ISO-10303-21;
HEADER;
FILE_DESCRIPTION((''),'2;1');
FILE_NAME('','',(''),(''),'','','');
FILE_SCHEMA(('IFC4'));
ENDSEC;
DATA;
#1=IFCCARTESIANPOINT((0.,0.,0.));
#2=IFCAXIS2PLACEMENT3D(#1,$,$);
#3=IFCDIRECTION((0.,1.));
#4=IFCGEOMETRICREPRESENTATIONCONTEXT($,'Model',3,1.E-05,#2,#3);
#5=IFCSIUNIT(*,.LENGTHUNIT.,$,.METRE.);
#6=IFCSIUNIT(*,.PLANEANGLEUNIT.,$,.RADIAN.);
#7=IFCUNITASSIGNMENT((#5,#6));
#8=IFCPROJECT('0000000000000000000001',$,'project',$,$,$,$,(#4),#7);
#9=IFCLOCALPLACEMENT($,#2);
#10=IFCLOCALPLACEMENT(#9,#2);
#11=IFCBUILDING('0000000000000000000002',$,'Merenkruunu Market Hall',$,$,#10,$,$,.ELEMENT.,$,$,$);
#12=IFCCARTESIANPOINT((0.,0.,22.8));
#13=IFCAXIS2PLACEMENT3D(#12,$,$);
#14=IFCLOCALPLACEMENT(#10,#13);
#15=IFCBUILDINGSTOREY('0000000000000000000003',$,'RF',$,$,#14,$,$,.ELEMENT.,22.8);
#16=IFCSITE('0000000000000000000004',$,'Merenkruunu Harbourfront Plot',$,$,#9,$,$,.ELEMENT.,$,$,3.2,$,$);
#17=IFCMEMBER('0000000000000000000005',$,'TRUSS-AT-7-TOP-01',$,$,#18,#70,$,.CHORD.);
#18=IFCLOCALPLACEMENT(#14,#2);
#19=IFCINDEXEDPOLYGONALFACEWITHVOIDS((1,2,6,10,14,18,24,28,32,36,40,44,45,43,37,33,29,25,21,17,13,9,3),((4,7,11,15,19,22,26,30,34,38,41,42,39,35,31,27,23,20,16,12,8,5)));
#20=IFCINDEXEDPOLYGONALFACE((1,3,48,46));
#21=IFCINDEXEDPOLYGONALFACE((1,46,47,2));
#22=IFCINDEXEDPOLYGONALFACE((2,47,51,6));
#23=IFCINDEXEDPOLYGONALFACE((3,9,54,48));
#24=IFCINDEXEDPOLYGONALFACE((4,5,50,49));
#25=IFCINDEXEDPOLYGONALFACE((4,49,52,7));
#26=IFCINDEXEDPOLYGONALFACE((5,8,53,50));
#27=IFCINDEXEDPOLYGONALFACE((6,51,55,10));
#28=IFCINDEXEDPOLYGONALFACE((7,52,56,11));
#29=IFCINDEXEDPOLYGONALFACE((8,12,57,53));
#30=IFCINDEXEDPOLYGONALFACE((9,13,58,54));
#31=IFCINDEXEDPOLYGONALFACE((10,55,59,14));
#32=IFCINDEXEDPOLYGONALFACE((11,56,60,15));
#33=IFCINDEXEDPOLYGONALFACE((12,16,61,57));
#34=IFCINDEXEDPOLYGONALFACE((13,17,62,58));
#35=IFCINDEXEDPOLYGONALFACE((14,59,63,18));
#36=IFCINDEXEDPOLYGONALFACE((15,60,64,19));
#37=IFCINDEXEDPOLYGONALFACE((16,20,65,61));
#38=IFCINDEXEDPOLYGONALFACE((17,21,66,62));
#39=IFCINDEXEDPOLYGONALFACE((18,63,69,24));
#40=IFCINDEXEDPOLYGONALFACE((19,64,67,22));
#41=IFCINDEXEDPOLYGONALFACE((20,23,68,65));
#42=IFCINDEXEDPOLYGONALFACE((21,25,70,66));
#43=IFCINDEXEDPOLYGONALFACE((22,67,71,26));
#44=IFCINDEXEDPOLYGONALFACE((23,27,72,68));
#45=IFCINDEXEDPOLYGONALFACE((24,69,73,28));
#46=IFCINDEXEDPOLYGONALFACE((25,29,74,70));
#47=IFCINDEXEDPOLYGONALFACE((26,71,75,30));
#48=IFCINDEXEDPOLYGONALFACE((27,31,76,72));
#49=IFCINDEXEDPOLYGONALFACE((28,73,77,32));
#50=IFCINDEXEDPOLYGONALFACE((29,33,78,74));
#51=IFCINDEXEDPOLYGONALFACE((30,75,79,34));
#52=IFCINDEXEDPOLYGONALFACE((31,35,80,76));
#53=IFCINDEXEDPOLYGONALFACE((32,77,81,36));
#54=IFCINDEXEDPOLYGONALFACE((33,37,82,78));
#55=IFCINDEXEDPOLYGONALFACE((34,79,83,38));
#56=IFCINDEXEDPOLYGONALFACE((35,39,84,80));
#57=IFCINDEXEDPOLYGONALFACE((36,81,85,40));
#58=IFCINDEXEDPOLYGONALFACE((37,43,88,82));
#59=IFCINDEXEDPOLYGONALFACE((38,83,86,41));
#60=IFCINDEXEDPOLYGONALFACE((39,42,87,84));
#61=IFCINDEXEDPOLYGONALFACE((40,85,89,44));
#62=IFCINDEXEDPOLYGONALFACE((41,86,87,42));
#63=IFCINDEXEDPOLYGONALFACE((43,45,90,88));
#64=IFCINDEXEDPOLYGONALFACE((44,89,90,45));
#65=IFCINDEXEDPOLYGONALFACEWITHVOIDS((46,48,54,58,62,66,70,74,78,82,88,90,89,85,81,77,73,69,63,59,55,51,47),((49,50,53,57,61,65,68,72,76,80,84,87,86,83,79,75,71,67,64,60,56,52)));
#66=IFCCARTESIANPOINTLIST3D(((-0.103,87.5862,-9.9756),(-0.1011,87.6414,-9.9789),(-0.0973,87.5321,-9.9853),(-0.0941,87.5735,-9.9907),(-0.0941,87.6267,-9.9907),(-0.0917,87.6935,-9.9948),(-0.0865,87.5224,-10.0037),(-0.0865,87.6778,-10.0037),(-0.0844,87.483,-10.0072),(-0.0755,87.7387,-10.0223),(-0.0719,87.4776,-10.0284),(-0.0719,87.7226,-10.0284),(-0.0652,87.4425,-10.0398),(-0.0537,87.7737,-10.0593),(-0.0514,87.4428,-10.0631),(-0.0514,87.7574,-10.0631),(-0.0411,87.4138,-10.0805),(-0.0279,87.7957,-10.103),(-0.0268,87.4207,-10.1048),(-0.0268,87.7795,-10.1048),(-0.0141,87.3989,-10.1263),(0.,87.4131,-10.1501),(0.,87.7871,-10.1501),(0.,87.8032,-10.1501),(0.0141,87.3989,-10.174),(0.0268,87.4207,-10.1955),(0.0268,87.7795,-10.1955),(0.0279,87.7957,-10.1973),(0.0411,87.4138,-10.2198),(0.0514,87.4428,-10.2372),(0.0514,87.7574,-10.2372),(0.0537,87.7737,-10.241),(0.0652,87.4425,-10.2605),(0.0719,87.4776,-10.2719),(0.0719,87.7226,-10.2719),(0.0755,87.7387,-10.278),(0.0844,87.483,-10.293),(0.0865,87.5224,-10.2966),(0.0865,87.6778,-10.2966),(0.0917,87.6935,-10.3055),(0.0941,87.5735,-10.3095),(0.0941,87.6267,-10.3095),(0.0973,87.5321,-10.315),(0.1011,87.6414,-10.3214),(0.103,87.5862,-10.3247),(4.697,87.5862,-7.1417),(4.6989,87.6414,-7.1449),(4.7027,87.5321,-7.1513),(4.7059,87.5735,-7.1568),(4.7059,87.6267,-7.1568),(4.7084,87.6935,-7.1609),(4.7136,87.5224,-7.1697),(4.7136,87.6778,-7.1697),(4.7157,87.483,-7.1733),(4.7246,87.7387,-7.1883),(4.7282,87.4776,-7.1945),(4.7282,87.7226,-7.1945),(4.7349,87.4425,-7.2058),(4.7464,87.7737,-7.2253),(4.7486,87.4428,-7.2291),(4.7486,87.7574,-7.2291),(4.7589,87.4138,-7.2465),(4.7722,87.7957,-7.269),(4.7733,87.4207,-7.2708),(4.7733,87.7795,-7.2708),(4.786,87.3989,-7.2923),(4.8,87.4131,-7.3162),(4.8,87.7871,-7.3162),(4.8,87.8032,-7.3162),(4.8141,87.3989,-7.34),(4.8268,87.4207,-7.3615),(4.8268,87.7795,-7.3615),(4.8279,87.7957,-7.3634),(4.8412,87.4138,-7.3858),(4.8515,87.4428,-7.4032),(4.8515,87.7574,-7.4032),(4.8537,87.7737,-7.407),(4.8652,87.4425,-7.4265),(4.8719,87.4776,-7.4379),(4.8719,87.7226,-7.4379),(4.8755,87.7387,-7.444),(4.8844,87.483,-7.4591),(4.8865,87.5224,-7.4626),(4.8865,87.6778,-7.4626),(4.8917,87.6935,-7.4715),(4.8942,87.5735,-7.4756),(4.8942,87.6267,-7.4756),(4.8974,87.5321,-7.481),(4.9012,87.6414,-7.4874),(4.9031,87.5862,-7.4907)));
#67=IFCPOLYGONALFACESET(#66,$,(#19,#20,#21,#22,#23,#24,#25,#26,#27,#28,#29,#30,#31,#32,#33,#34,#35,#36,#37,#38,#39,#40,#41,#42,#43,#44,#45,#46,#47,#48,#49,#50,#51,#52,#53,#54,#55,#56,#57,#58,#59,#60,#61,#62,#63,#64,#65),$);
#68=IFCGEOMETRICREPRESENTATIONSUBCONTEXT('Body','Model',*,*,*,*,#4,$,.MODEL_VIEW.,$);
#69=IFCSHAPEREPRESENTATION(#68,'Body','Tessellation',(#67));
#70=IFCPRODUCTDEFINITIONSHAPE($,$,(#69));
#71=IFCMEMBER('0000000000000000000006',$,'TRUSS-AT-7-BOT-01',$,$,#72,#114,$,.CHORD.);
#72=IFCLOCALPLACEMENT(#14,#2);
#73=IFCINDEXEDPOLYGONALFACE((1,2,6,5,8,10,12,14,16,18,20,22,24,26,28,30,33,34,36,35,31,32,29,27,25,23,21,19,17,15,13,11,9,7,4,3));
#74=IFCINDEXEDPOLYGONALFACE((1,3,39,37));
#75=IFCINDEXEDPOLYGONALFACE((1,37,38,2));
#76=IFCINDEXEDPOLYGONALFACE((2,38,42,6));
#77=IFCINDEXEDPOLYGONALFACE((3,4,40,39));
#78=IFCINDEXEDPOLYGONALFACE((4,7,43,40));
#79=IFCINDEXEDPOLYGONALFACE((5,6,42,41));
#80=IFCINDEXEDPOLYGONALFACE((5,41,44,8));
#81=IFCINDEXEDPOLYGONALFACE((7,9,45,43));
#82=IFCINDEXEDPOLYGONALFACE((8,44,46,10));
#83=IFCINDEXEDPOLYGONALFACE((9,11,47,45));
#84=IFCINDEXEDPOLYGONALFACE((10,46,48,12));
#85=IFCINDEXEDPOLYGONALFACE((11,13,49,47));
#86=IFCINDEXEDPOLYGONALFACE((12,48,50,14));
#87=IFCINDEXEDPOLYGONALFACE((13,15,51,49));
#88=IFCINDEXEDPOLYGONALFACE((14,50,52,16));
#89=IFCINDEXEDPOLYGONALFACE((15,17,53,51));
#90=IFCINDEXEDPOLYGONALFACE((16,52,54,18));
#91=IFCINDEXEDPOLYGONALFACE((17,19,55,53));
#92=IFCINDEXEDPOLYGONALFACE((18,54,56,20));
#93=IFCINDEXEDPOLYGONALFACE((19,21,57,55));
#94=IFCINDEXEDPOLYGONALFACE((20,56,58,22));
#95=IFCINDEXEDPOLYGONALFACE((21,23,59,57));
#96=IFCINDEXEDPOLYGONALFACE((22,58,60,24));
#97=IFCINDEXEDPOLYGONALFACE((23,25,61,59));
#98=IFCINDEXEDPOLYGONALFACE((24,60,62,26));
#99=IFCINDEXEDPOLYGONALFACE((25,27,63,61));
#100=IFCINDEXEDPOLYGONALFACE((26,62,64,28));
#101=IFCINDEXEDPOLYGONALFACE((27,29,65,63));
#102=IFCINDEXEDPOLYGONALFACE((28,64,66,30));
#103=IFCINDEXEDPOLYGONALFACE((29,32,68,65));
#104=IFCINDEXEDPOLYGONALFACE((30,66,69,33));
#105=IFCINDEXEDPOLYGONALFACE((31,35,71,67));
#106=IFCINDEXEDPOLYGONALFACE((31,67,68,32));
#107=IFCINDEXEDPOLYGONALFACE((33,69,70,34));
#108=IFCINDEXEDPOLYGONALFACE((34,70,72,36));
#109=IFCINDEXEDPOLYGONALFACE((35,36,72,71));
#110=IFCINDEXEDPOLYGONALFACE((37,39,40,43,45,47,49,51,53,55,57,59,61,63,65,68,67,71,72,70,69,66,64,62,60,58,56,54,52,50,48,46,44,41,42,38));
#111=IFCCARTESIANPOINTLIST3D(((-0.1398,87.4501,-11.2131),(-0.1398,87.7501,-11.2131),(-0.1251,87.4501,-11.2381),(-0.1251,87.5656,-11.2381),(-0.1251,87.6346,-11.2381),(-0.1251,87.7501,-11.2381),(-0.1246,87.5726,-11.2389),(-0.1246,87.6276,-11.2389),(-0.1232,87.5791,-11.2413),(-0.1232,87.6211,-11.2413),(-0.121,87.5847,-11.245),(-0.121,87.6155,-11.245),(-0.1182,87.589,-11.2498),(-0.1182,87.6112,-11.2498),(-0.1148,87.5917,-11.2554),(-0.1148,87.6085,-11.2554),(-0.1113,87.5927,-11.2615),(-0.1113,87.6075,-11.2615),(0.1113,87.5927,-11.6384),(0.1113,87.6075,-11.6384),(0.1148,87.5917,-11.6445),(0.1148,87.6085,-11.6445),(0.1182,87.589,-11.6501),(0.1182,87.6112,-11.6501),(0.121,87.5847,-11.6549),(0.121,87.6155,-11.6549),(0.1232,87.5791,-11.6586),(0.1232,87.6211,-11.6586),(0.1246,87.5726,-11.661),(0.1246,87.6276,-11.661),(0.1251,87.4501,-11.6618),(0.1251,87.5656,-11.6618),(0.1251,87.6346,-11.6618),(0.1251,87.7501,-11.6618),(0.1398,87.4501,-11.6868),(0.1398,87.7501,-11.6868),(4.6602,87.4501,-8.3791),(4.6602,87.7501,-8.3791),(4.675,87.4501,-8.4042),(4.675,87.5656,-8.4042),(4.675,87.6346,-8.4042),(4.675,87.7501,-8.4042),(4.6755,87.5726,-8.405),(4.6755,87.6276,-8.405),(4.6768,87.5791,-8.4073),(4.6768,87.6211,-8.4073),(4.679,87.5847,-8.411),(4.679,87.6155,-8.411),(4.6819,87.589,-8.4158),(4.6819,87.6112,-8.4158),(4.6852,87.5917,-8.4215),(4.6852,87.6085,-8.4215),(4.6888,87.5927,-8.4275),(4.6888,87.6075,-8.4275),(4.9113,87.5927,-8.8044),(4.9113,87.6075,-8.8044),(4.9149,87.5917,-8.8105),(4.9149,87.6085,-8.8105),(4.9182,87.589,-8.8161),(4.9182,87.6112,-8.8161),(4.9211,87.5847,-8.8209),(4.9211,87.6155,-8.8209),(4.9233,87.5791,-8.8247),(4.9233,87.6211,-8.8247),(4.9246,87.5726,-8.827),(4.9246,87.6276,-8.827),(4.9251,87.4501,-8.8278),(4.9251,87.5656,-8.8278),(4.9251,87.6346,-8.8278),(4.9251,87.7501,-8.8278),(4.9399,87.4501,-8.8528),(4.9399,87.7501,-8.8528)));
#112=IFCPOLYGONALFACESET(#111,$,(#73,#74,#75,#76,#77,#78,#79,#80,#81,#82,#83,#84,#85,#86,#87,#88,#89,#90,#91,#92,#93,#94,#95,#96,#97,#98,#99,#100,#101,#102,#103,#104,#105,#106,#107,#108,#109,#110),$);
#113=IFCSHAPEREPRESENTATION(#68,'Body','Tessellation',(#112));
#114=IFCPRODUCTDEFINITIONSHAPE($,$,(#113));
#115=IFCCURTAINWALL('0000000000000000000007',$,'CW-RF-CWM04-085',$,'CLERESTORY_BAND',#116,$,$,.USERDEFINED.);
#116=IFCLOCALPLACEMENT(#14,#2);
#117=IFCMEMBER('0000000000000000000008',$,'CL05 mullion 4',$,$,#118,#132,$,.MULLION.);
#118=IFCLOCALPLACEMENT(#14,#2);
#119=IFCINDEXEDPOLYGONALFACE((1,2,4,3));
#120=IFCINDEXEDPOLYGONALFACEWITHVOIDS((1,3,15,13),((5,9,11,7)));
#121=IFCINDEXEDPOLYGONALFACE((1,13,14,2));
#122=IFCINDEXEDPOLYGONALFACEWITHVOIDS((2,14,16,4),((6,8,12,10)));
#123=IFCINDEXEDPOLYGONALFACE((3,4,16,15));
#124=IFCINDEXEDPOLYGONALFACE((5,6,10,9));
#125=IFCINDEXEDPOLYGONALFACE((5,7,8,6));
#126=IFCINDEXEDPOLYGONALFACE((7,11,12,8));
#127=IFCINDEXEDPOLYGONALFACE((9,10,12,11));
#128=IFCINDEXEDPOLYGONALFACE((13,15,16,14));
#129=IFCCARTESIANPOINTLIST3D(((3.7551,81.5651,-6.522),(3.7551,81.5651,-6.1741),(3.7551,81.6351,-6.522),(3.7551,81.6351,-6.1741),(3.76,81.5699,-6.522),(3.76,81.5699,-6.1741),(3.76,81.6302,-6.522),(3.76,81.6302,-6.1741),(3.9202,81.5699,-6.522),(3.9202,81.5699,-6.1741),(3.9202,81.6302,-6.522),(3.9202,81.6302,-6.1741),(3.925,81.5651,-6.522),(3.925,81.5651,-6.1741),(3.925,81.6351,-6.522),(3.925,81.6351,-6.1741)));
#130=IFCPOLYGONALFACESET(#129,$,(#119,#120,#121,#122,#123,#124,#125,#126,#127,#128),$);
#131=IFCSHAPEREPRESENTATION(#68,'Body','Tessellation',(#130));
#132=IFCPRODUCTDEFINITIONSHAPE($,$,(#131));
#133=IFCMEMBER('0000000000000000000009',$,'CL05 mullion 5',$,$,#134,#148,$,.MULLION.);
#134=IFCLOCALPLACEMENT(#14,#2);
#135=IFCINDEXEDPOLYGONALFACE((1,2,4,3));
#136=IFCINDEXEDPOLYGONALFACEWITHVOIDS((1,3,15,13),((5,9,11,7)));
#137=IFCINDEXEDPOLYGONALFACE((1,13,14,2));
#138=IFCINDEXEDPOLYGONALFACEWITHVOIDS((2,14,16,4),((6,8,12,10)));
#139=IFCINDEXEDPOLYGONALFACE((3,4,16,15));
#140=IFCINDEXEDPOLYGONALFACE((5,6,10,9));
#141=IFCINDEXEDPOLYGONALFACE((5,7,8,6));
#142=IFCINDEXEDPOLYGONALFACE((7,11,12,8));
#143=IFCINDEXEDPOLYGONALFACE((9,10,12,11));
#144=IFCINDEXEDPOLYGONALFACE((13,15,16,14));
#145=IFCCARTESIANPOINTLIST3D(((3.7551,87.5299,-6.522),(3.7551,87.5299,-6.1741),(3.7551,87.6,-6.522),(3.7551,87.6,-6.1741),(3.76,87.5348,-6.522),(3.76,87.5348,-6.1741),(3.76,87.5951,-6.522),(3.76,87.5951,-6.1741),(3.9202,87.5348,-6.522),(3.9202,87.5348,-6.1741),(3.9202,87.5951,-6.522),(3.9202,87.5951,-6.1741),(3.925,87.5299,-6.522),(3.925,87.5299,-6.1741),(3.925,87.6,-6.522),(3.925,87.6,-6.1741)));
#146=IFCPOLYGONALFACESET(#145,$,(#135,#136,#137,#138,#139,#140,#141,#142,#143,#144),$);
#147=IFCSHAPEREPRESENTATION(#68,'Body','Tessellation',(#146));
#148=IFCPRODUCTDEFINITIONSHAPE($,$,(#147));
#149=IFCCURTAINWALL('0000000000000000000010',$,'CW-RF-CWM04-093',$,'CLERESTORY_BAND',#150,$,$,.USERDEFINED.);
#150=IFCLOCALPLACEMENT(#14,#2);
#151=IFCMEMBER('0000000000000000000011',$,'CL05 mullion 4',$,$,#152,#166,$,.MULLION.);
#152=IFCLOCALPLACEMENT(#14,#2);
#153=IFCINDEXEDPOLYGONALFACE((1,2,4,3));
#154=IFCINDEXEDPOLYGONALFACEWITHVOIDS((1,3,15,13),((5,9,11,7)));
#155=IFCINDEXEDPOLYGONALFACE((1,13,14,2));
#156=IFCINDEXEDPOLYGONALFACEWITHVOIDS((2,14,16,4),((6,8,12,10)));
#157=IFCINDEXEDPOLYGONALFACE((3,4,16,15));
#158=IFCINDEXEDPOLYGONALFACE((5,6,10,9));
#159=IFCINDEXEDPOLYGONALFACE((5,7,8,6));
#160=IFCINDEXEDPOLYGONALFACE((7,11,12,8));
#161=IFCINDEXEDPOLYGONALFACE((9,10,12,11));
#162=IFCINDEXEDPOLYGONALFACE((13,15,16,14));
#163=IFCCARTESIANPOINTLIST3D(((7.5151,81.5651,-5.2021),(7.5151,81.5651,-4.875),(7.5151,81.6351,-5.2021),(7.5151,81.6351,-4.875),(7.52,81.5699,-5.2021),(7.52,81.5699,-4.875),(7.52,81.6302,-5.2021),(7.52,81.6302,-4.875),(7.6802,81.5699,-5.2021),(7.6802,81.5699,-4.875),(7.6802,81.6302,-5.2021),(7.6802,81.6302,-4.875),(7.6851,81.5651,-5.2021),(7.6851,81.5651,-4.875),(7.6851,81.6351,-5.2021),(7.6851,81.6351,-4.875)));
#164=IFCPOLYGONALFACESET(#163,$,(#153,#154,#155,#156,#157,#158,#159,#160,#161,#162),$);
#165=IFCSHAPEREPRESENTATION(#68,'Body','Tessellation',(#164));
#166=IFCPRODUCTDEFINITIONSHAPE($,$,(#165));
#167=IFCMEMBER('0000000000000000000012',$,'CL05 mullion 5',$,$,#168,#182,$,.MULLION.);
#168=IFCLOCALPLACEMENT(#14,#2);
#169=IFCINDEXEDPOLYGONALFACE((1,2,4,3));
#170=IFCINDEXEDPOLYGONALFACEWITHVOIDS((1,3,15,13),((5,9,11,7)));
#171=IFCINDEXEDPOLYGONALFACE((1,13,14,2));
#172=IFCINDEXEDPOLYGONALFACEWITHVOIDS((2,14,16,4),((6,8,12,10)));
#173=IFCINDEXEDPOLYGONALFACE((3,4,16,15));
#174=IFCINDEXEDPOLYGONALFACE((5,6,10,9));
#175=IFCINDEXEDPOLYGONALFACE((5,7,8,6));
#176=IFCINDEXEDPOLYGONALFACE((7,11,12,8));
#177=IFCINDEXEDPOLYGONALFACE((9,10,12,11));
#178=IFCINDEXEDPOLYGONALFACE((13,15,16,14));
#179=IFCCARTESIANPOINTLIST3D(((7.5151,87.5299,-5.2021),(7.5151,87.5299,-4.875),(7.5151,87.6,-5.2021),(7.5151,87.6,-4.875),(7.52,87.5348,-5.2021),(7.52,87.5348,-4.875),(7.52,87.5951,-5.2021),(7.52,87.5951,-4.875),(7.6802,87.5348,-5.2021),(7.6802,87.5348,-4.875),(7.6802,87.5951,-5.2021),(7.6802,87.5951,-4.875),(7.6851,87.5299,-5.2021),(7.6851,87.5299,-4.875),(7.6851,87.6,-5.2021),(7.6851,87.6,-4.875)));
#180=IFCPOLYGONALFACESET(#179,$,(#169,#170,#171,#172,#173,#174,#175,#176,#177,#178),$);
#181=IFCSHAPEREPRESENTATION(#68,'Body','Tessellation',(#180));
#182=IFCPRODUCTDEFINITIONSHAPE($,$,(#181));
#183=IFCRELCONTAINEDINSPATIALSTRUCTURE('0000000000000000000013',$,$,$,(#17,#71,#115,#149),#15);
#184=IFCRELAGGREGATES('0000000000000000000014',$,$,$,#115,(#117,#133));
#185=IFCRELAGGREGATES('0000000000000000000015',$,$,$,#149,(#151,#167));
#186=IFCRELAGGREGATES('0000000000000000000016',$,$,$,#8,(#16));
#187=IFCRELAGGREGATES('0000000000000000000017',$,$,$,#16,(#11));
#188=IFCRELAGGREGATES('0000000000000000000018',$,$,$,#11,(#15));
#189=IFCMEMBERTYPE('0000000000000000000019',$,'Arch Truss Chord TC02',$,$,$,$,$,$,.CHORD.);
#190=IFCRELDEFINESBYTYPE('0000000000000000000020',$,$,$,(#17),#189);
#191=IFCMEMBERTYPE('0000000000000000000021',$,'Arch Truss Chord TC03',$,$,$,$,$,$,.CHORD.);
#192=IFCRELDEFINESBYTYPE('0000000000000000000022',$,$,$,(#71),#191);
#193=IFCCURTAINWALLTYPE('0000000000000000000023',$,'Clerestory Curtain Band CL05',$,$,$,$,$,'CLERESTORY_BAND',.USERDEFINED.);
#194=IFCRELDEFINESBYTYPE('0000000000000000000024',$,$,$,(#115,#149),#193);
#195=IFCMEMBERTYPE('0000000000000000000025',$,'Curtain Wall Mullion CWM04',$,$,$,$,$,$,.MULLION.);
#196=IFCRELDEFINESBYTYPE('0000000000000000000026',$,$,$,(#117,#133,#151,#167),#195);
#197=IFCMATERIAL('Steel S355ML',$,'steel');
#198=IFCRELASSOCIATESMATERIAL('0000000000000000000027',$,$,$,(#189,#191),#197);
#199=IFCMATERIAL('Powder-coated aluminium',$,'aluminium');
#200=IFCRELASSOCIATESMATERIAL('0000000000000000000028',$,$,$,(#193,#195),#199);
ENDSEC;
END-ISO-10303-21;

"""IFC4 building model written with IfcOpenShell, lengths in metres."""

from ifc_helpers import new_model, si_unit, direction, frame, origin, origin_2d, place, context, subcontext, project, spatial, hollow_rectangle, hollow_circle, i_section, extrude, material, material_profile, profile_set, type_object, element, aggregate, save


model = new_model("IFC4")

# Units and contexts
model_context = context("Model", 3, precision=1e-05, world=origin(), true_north=direction((0.0, 1.0)))
body_context = subcontext(model_context, "Body", "Model", "MODEL_VIEW")
ifc_project = project(units=[si_unit("LENGTHUNIT", "METRE"), si_unit("PLANEANGLEUNIT", "RADIAN")], contexts=[model_context])

# Site, building, storey
site_placement = place(None, origin())
site = spatial("IfcSite", under=ifc_project, at=site_placement, Name="Merenkruunu Harbourfront Plot", CompositionType="ELEMENT", RefElevation=3.2)
building_placement = place(site_placement, origin())
building = spatial("IfcBuilding", under=site, at=building_placement, Name="Merenkruunu Market Hall", CompositionType="ELEMENT")
storey_placement = place(building_placement, frame((0.0, 0.0, 22.8)))
storey = spatial("IfcBuildingStorey", under=building, at=storey_placement, Name="RF", CompositionType="ELEMENT", Elevation=22.8)

# Members
ifc_material_1 = material(Name="Steel S355ML", Category="steel")
ifc_material_profile_1 = material_profile(ifc_material_1, hollow_circle(Radius=0.2031, WallThickness=0.0161, at=origin_2d()), Name="CHS 406.4x16")
ifc_profile_set_1 = profile_set([ifc_material_profile_1], Name="Steel S355ML")
member_type_1 = type_object("IfcMemberType", Name="Arch Truss Chord TC02", PredefinedType="CHORD", material=ifc_profile_set_1)
member_1_placement = place(storey_placement, frame((0.0, 87.6001, -10.1501), z_axis=(0.861116, 0.0, 0.508409), x_axis=(0.0, 1.0, 0.0)))
element("IfcMember", 1, at=member_1_placement, inside=storey, type_object=member_type_1, Name="TRUSS-AT-7-TOP-01", PredefinedType="CHORD", context=body_context, shape_type="SweptSolid", body=[
    extrude(hollow_circle(Radius=0.2031, WallThickness=0.0161, at=origin_2d()), origin(), (0.0, 0.0, 1.0), 5.5742),
])
ifc_material_profile_2 = material_profile(ifc_material_1, i_section(OverallWidth=0.3, OverallDepth=0.55, WebThickness=0.0149, FlangeThickness=0.0291, FilletRadius=0.0271, at=origin_2d()), Name="HEB 550")
ifc_profile_set_2 = profile_set([ifc_material_profile_2], Name="Steel S355ML")
member_type_2 = type_object("IfcMemberType", Name="Arch Truss Chord TC03", PredefinedType="CHORD", material=ifc_profile_set_2)
member_2_placement = place(storey_placement, frame((0.0, 87.6001, -11.45), z_axis=(0.861116, 0.0, 0.508409), x_axis=(0.0, 1.0, 0.0)))
element("IfcMember", 2, at=member_2_placement, inside=storey, type_object=member_type_2, Name="TRUSS-AT-7-BOT-01", PredefinedType="CHORD", context=body_context, shape_type="SweptSolid", body=[
    extrude(i_section(OverallWidth=0.3, OverallDepth=0.55, WebThickness=0.0149, FlangeThickness=0.0291, FilletRadius=0.0271, at=origin_2d()), origin(), (0.0, 0.0, 1.0), 5.5742),
])

# Curtain walls, members
ifc_material_2 = material(Name="Powder-coated aluminium", Category="aluminium")
curtain_wall_type = type_object("IfcCurtainWallType", Name="Clerestory Curtain Band CL05", ElementType="CLERESTORY_BAND", PredefinedType="USERDEFINED", material=ifc_material_2)
curtain_wall_1_placement = place(storey_placement, origin())
curtain_wall_1 = element("IfcCurtainWall", 3, at=curtain_wall_1_placement, inside=storey, type_object=curtain_wall_type, Name="CW-RF-CWM04-085", ObjectType="CLERESTORY_BAND", PredefinedType="USERDEFINED")
ifc_material_profile_3 = material_profile(ifc_material_2, hollow_rectangle(XDim=0.0701, YDim=0.1699, WallThickness=0.0049, at=origin_2d()), Name="ALU 70x170x5")
ifc_profile_set_3 = profile_set([ifc_material_profile_3], Name="Powder-coated aluminium")
member_type_3 = type_object("IfcMemberType", Name="Curtain Wall Mullion CWM04", PredefinedType="MULLION", material=ifc_profile_set_3)
member_3_placement = place(storey_placement, frame((3.8401, 81.6001, -6.522), z_axis=(0.0, 0.0, 1.0), x_axis=(0.0, 1.0, 0.0)))
member_3 = element("IfcMember", 4, at=member_3_placement, type_object=member_type_3, Name="CL05 mullion 4", PredefinedType="MULLION", context=body_context, shape_type="SweptSolid", body=[
    extrude(hollow_rectangle(XDim=0.0701, YDim=0.1699, WallThickness=0.0049, at=origin_2d()), origin(), (0.0, 0.0, 1.0), 0.3479),
])
member_4_placement = place(storey_placement, frame((3.8401, 87.5649, -6.522), z_axis=(0.0, 0.0, 1.0), x_axis=(0.0, 1.0, 0.0)))
member_4 = element("IfcMember", 5, at=member_4_placement, type_object=member_type_3, Name="CL05 mullion 5", PredefinedType="MULLION", context=body_context, shape_type="SweptSolid", body=[
    extrude(hollow_rectangle(XDim=0.0701, YDim=0.1699, WallThickness=0.0049, at=origin_2d()), origin(), (0.0, 0.0, 1.0), 0.3479),
])
curtain_wall_2_placement = place(storey_placement, origin())
curtain_wall_2 = element("IfcCurtainWall", 6, at=curtain_wall_2_placement, inside=storey, type_object=curtain_wall_type, Name="CW-RF-CWM04-093", ObjectType="CLERESTORY_BAND", PredefinedType="USERDEFINED")
member_5_placement = place(storey_placement, frame((7.6001, 81.6001, -5.2021), z_axis=(0.0, 0.0, 1.0), x_axis=(0.0, 1.0, 0.0)))
member_5 = element("IfcMember", 7, at=member_5_placement, type_object=member_type_3, Name="CL05 mullion 4", PredefinedType="MULLION", context=body_context, shape_type="SweptSolid", body=[
    extrude(hollow_rectangle(XDim=0.0701, YDim=0.1699, WallThickness=0.0049, at=origin_2d()), origin(), (0.0, 0.0, 1.0), 0.3271),
])
member_6_placement = place(storey_placement, frame((7.6001, 87.5649, -5.2021), z_axis=(0.0, 0.0, 1.0), x_axis=(0.0, 1.0, 0.0)))
member_6 = element("IfcMember", 8, at=member_6_placement, type_object=member_type_3, Name="CL05 mullion 5", PredefinedType="MULLION", context=body_context, shape_type="SweptSolid", body=[
    extrude(hollow_rectangle(XDim=0.0701, YDim=0.1699, WallThickness=0.0049, at=origin_2d()), origin(), (0.0, 0.0, 1.0), 0.3271),
])

aggregate(curtain_wall_1, [member_3, member_4])
aggregate(curtain_wall_2, [member_5, member_6])

save(model, "model.ifc")
